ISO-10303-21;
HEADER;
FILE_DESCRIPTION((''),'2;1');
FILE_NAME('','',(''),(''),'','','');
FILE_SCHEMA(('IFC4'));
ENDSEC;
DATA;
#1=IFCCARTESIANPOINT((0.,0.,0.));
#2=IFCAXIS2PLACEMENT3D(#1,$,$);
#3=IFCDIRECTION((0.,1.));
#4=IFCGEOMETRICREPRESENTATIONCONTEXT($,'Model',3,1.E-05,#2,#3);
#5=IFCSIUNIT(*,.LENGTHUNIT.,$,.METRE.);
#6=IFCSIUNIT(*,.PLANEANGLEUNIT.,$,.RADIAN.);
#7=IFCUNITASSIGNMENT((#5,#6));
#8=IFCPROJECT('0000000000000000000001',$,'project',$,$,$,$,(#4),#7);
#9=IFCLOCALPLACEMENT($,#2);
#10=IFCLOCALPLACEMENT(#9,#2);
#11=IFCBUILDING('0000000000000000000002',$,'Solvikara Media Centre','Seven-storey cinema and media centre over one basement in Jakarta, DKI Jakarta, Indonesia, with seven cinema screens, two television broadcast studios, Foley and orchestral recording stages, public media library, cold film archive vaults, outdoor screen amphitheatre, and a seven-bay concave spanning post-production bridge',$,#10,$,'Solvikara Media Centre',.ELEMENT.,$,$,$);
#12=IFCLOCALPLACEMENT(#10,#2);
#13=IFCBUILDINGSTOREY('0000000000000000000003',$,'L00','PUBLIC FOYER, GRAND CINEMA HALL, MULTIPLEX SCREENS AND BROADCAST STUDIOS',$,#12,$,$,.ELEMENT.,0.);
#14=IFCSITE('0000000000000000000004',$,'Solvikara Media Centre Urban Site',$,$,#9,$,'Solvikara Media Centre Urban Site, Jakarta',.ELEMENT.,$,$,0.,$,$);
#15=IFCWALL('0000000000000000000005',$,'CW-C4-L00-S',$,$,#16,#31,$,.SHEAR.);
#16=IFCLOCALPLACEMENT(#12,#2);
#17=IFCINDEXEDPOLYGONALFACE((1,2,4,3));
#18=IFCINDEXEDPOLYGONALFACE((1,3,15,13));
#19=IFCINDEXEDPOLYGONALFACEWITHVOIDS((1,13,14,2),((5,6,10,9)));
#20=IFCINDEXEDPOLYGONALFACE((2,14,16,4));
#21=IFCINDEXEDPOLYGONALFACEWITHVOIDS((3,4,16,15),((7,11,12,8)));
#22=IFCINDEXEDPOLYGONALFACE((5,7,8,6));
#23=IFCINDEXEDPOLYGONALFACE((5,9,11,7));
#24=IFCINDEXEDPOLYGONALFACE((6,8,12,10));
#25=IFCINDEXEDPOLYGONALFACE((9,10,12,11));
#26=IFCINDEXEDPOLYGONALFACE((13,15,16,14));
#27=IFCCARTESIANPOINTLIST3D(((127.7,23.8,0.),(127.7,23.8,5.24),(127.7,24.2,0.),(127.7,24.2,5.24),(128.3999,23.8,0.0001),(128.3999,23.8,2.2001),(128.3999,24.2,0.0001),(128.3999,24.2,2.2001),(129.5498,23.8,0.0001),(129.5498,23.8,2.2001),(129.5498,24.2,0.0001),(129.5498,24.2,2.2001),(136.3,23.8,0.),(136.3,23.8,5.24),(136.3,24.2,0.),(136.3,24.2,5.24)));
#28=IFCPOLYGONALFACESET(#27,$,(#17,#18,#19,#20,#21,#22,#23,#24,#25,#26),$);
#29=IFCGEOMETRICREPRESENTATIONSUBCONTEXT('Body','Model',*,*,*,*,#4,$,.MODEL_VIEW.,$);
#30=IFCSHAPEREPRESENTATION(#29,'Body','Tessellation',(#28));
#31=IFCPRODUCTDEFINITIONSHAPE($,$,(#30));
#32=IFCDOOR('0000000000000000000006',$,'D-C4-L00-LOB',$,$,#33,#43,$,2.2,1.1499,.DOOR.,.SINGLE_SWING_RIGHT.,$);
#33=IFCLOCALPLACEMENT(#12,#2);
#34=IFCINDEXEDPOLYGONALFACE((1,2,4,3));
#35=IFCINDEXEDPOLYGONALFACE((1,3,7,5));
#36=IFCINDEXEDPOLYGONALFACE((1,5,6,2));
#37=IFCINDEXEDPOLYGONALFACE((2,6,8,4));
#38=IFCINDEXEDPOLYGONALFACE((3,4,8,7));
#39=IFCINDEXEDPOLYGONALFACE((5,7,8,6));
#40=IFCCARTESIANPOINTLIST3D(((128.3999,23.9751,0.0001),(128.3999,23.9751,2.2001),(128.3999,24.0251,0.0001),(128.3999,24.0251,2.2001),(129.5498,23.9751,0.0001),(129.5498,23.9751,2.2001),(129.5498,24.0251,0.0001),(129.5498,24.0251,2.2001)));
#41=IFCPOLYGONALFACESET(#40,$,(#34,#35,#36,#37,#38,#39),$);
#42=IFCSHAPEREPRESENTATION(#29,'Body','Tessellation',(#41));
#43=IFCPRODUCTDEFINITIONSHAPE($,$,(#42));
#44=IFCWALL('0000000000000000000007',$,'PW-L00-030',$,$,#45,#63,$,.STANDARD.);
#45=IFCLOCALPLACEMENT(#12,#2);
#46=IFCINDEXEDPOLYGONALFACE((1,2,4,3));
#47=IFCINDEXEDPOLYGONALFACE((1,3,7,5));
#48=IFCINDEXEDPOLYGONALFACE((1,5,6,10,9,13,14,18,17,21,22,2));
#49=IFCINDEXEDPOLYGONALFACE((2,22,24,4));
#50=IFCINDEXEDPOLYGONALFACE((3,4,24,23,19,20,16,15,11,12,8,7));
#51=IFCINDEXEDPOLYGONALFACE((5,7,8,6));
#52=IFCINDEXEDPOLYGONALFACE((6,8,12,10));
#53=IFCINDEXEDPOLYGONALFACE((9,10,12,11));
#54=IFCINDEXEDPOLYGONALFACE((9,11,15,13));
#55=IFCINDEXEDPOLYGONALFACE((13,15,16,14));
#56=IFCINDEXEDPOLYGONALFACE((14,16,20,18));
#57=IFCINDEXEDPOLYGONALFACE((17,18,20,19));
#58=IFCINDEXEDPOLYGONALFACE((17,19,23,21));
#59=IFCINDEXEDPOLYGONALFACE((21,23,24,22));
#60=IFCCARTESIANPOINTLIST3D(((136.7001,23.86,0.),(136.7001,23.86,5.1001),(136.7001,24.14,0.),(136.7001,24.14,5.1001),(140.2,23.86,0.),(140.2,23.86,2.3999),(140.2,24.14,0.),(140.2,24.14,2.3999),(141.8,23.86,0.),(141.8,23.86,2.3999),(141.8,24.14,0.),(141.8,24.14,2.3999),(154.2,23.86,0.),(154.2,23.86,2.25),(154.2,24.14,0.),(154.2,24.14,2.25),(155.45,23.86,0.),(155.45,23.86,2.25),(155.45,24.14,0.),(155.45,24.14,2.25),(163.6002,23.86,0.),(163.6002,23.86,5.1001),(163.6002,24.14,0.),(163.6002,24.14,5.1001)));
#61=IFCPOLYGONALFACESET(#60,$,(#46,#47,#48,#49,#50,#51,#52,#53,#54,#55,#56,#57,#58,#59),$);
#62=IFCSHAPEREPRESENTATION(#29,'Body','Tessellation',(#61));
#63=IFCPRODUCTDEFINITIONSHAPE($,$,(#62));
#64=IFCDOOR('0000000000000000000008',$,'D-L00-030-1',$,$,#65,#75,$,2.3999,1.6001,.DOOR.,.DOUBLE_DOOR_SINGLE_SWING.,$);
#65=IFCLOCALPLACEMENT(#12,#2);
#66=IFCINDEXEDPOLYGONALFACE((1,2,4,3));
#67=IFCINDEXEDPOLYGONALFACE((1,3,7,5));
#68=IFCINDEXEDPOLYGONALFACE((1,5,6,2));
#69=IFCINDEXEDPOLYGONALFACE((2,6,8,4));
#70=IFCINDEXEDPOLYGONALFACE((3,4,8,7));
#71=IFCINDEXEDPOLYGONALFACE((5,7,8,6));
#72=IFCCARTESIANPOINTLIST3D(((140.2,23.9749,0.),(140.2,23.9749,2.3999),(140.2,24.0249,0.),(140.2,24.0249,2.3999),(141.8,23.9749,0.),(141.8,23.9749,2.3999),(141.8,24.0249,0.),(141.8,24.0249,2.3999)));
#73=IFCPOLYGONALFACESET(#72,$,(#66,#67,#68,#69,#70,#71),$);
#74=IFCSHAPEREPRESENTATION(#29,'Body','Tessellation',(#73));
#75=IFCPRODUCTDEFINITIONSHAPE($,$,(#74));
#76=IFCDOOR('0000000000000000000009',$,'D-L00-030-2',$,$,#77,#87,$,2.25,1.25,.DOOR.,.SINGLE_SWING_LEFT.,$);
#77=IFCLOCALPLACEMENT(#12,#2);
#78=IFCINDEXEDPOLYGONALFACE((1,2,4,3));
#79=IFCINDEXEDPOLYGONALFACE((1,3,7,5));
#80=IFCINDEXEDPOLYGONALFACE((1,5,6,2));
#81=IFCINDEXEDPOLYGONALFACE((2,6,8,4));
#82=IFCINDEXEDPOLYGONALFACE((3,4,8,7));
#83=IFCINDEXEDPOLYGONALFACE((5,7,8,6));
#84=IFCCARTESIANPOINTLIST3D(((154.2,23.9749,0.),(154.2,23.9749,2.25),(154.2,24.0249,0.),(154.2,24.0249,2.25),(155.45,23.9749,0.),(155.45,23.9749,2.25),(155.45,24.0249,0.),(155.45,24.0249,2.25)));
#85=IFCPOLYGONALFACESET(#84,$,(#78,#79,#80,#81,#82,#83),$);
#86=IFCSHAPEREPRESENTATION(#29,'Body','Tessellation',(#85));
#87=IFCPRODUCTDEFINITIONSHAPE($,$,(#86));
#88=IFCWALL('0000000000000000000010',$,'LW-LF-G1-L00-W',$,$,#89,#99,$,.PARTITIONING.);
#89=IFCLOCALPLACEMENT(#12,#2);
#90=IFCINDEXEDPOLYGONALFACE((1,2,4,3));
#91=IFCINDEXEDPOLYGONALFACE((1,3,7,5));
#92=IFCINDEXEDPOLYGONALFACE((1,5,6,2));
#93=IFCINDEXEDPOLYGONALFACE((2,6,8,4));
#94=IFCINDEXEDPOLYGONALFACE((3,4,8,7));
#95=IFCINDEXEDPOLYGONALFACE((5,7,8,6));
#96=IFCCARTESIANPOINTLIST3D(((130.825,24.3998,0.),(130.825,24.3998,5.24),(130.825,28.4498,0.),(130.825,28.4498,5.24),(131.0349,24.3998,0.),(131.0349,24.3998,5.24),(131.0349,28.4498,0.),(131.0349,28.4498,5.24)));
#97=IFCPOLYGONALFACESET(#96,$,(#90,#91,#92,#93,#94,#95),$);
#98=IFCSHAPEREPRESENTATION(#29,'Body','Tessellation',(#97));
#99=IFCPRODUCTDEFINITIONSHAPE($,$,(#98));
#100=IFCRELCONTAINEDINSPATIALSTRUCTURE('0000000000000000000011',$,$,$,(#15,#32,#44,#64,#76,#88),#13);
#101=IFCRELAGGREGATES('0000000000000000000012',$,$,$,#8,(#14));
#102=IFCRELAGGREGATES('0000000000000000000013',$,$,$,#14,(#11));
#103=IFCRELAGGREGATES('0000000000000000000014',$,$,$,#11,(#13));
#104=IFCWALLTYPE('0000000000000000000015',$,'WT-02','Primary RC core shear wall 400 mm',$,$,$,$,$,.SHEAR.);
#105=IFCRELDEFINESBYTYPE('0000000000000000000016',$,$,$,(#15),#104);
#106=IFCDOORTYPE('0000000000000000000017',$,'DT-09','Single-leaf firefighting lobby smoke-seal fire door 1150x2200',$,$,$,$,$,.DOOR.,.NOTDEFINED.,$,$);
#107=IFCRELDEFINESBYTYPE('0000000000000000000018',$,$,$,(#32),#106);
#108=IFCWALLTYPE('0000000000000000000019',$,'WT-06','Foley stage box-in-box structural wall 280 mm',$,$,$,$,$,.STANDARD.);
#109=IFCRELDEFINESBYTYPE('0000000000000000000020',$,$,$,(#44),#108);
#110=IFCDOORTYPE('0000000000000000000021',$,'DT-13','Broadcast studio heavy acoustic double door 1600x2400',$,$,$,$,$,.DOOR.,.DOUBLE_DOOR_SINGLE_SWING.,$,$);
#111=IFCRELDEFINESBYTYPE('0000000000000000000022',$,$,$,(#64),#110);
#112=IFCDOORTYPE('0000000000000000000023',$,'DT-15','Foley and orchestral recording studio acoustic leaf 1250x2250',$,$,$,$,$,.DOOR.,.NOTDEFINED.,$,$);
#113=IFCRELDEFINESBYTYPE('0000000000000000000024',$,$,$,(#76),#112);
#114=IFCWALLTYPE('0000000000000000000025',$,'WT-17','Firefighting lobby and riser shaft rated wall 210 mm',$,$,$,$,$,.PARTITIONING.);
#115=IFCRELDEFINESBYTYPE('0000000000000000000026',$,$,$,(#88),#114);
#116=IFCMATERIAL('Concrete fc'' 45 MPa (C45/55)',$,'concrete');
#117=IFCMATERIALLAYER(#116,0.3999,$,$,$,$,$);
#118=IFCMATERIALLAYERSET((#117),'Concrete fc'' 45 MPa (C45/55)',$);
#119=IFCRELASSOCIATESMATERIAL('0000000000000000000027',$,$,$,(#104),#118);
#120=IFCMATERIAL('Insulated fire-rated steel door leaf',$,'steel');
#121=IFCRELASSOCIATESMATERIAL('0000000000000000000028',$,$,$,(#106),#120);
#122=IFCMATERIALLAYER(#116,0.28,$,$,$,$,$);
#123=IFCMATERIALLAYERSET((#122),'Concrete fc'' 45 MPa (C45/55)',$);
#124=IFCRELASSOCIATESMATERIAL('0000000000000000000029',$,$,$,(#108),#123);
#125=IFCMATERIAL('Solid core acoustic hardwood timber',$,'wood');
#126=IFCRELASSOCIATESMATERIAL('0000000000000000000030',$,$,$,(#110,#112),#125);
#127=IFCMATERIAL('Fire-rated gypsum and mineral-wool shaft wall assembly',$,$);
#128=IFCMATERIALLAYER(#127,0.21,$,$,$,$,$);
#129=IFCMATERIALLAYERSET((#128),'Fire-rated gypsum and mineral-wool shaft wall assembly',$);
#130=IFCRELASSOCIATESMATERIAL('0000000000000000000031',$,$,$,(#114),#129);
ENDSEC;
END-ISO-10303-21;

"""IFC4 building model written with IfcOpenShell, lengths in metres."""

from ifc_helpers import new_model, si_unit, direction, frame, frame_2d, origin, place, context, subcontext, project, spatial, rectangle, extrude, material, layer, layer_set, type_object, element, fill, save


model = new_model("IFC4")

# Units and contexts
model_context = context("Model", 3, precision=1e-05, world=origin(), true_north=direction((0.0, 1.0)))
body_context = subcontext(model_context, "Body", "Model", "MODEL_VIEW")
ifc_project = project(units=[si_unit("LENGTHUNIT", "METRE"), si_unit("PLANEANGLEUNIT", "RADIAN")], contexts=[model_context])

# Site, building, storey
site_placement = place(None, origin())
site = spatial("IfcSite", under=ifc_project, at=site_placement, Name="Solvikara Media Centre Urban Site", LongName="Solvikara Media Centre Urban Site, Jakarta", CompositionType="ELEMENT", RefElevation=0.0)
building_placement = place(site_placement, origin())
building = spatial("IfcBuilding", under=site, at=building_placement, Name="Solvikara Media Centre", Description="Seven-storey cinema and media centre over one basement in Jakarta, DKI Jakarta, Indonesia, with seven cinema screens, two television broadcast studios, Foley and orchestral recording stages, public media library, cold film archive vaults, outdoor screen amphitheatre, and a seven-bay concave spanning post-production bridge", LongName="Solvikara Media Centre", CompositionType="ELEMENT")
storey_placement = place(building_placement, origin())
storey = spatial("IfcBuildingStorey", under=building, at=storey_placement, Name="L00", Description="PUBLIC FOYER, GRAND CINEMA HALL, MULTIPLEX SCREENS AND BROADCAST STUDIOS", CompositionType="ELEMENT", Elevation=0.0)

# Shared definitions
ifc_material_1 = material(Name="Concrete fc' 45 MPa (C45/55)", Category="concrete")

# Shared definitions
ifc_layer_1 = layer(ifc_material_1, 0.3999)
ifc_layer_set_1 = layer_set([ifc_layer_1], Name="Concrete fc' 45 MPa (C45/55)")
wall_type_1 = type_object("IfcWallType", Name="WT-02", Description="Primary RC core shear wall 400 mm", PredefinedType="SHEAR", material=ifc_layer_set_1)
ifc_material_2 = material(Name="Insulated fire-rated steel door leaf", Category="steel")

# Wall, opening, door
wall_1_placement = place(storey_placement, frame((127.7, 24.0, 0.0), z_axis=(0.0, 0.0, 1.0), x_axis=(1.0, 0.0, 0.0)))
wall_1 = element("IfcWall", 1, at=wall_1_placement, inside=storey, type_object=wall_type_1, Name="CW-C4-L00-S", PredefinedType="SHEAR", context=body_context, shape_type="SweptSolid", body=[
    extrude(rectangle(XDim=8.6001, YDim=0.3999, at=frame_2d((4.3, 0.0))), origin(), (0.0, 0.0, 1.0), 5.24),
])
opening_1_placement = place(wall_1_placement, frame((0.7, 0.0, 0.0)))
opening_1 = element("IfcOpeningElement", 2, at=opening_1_placement, cuts=wall_1, PredefinedType="OPENING", context=body_context, shape_type="SweptSolid", body=[
    extrude(rectangle(XDim=1.1499, YDim=2.2, at=frame_2d((0.575, 1.1001))), frame((0.0, 0.2119, 0.0), z_axis=(0.0, -1.0, 0.0), x_axis=(1.0, 0.0, 0.0)), (0.0, 0.0, 1.0), 0.4238),
])
door_type_1 = type_object("IfcDoorType", Name="DT-09", Description="Single-leaf firefighting lobby smoke-seal fire door 1150x2200", OperationType="NOTDEFINED", PredefinedType="DOOR", material=ifc_material_2)
door_1_placement = place(opening_1_placement, frame((1.1499, 0.0, 0.0), z_axis=(0.0, 0.0, 1.0), x_axis=(-1.0, 0.0, 0.0)))
door_1 = element("IfcDoor", 3, at=door_1_placement, inside=storey, type_object=door_type_1, Name="D-C4-L00-LOB", OperationType="SINGLE_SWING_RIGHT", OverallHeight=2.2, OverallWidth=1.1499, PredefinedType="DOOR", context=body_context, shape_type="SweptSolid", body=[
    extrude(rectangle(XDim=1.1499, YDim=2.2, at=frame_2d((0.575, 1.1001))), frame((0.0, 0.0249, 0.0), z_axis=(0.0, -1.0, 0.0), x_axis=(1.0, 0.0, 0.0)), (0.0, 0.0, 1.0), 0.05),
])
fill(opening_1, door_1)

# Wall, openings, doors
ifc_layer_2 = layer(ifc_material_1, 0.28)
ifc_layer_set_2 = layer_set([ifc_layer_2], Name="Concrete fc' 45 MPa (C45/55)")
wall_type_2 = type_object("IfcWallType", Name="WT-06", Description="Foley stage box-in-box structural wall 280 mm", PredefinedType="STANDARD", material=ifc_layer_set_2)
wall_2_placement = place(storey_placement, frame((136.7, 24.0, 0.0), z_axis=(0.0, 0.0, 1.0), x_axis=(1.0, 0.0, 0.0)))
wall_2 = element("IfcWall", 4, at=wall_2_placement, inside=storey, type_object=wall_type_2, Name="PW-L00-030", PredefinedType="STANDARD", context=body_context, shape_type="SweptSolid", body=[
    extrude(rectangle(XDim=26.9001, YDim=0.28, at=frame_2d((13.4502, 0.0))), origin(), (0.0, 0.0, 1.0), 5.1001),
])
opening_2_placement = place(wall_2_placement, frame((3.5, 0.0, 0.0)))
opening_2 = element("IfcOpeningElement", 5, at=opening_2_placement, cuts=wall_2, PredefinedType="OPENING", context=body_context, shape_type="SweptSolid", body=[
    extrude(rectangle(XDim=1.6001, YDim=2.3999, at=frame_2d((0.8, 1.2))), frame((0.0, 0.1519, 0.0), z_axis=(0.0, -1.0, 0.0), x_axis=(1.0, 0.0, 0.0)), (0.0, 0.0, 1.0), 0.304),
])
opening_3_placement = place(wall_2_placement, frame((17.5, 0.0, 0.0)))
opening_3 = element("IfcOpeningElement", 6, at=opening_3_placement, cuts=wall_2, PredefinedType="OPENING", context=body_context, shape_type="SweptSolid", body=[
    extrude(rectangle(XDim=1.25, YDim=2.25, at=frame_2d((0.625, 1.125))), frame((0.0, 0.1519, 0.0), z_axis=(0.0, -1.0, 0.0), x_axis=(1.0, 0.0, 0.0)), (0.0, 0.0, 1.0), 0.304),
])
ifc_material_3 = material(Name="Solid core acoustic hardwood timber", Category="wood")
door_type_2 = type_object("IfcDoorType", Name="DT-13", Description="Broadcast studio heavy acoustic double door 1600x2400", OperationType="DOUBLE_DOOR_SINGLE_SWING", PredefinedType="DOOR", material=ifc_material_3)
door_2_placement = place(opening_2_placement, origin())
door_2 = element("IfcDoor", 7, at=door_2_placement, inside=storey, type_object=door_type_2, Name="D-L00-030-1", OperationType="DOUBLE_DOOR_SINGLE_SWING", OverallHeight=2.3999, OverallWidth=1.6001, PredefinedType="DOOR", context=body_context, shape_type="SweptSolid", body=[
    extrude(rectangle(XDim=1.6001, YDim=2.3999, at=frame_2d((0.8, 1.2))), frame((0.0, 0.0249, 0.0), z_axis=(0.0, -1.0, 0.0), x_axis=(1.0, 0.0, 0.0)), (0.0, 0.0, 1.0), 0.05),
])
fill(opening_2, door_2)
door_type_3 = type_object("IfcDoorType", Name="DT-15", Description="Foley and orchestral recording studio acoustic leaf 1250x2250", OperationType="NOTDEFINED", PredefinedType="DOOR", material=ifc_material_3)
door_3_placement = place(opening_3_placement, origin())
door_3 = element("IfcDoor", 8, at=door_3_placement, inside=storey, type_object=door_type_3, Name="D-L00-030-2", OperationType="SINGLE_SWING_LEFT", OverallHeight=2.25, OverallWidth=1.25, PredefinedType="DOOR", context=body_context, shape_type="SweptSolid", body=[
    extrude(rectangle(XDim=1.25, YDim=2.25, at=frame_2d((0.625, 1.125))), frame((0.0, 0.0249, 0.0), z_axis=(0.0, -1.0, 0.0), x_axis=(1.0, 0.0, 0.0)), (0.0, 0.0, 1.0), 0.05),
])
fill(opening_3, door_3)

# Wall
ifc_material_4 = material(Name="Fire-rated gypsum and mineral-wool shaft wall assembly")
ifc_layer_3 = layer(ifc_material_4, 0.21)
ifc_layer_set_3 = layer_set([ifc_layer_3], Name="Fire-rated gypsum and mineral-wool shaft wall assembly")
wall_type_3 = type_object("IfcWallType", Name="WT-17", Description="Firefighting lobby and riser shaft rated wall 210 mm", PredefinedType="PARTITIONING", material=ifc_layer_set_3)
wall_3_placement = place(storey_placement, frame((130.9299, 24.3999, 0.0), z_axis=(0.0, 0.0, 1.0), x_axis=(0.0, 1.0, 0.0)))
element("IfcWall", 9, at=wall_3_placement, inside=storey, type_object=wall_type_3, Name="LW-LF-G1-L00-W", PredefinedType="PARTITIONING", context=body_context, shape_type="SweptSolid", body=[
    extrude(rectangle(XDim=4.05, YDim=0.21, at=frame_2d((2.0249, 0.0))), origin(), (0.0, 0.0, 1.0), 5.24),
])

save(model, "model.ifc")
